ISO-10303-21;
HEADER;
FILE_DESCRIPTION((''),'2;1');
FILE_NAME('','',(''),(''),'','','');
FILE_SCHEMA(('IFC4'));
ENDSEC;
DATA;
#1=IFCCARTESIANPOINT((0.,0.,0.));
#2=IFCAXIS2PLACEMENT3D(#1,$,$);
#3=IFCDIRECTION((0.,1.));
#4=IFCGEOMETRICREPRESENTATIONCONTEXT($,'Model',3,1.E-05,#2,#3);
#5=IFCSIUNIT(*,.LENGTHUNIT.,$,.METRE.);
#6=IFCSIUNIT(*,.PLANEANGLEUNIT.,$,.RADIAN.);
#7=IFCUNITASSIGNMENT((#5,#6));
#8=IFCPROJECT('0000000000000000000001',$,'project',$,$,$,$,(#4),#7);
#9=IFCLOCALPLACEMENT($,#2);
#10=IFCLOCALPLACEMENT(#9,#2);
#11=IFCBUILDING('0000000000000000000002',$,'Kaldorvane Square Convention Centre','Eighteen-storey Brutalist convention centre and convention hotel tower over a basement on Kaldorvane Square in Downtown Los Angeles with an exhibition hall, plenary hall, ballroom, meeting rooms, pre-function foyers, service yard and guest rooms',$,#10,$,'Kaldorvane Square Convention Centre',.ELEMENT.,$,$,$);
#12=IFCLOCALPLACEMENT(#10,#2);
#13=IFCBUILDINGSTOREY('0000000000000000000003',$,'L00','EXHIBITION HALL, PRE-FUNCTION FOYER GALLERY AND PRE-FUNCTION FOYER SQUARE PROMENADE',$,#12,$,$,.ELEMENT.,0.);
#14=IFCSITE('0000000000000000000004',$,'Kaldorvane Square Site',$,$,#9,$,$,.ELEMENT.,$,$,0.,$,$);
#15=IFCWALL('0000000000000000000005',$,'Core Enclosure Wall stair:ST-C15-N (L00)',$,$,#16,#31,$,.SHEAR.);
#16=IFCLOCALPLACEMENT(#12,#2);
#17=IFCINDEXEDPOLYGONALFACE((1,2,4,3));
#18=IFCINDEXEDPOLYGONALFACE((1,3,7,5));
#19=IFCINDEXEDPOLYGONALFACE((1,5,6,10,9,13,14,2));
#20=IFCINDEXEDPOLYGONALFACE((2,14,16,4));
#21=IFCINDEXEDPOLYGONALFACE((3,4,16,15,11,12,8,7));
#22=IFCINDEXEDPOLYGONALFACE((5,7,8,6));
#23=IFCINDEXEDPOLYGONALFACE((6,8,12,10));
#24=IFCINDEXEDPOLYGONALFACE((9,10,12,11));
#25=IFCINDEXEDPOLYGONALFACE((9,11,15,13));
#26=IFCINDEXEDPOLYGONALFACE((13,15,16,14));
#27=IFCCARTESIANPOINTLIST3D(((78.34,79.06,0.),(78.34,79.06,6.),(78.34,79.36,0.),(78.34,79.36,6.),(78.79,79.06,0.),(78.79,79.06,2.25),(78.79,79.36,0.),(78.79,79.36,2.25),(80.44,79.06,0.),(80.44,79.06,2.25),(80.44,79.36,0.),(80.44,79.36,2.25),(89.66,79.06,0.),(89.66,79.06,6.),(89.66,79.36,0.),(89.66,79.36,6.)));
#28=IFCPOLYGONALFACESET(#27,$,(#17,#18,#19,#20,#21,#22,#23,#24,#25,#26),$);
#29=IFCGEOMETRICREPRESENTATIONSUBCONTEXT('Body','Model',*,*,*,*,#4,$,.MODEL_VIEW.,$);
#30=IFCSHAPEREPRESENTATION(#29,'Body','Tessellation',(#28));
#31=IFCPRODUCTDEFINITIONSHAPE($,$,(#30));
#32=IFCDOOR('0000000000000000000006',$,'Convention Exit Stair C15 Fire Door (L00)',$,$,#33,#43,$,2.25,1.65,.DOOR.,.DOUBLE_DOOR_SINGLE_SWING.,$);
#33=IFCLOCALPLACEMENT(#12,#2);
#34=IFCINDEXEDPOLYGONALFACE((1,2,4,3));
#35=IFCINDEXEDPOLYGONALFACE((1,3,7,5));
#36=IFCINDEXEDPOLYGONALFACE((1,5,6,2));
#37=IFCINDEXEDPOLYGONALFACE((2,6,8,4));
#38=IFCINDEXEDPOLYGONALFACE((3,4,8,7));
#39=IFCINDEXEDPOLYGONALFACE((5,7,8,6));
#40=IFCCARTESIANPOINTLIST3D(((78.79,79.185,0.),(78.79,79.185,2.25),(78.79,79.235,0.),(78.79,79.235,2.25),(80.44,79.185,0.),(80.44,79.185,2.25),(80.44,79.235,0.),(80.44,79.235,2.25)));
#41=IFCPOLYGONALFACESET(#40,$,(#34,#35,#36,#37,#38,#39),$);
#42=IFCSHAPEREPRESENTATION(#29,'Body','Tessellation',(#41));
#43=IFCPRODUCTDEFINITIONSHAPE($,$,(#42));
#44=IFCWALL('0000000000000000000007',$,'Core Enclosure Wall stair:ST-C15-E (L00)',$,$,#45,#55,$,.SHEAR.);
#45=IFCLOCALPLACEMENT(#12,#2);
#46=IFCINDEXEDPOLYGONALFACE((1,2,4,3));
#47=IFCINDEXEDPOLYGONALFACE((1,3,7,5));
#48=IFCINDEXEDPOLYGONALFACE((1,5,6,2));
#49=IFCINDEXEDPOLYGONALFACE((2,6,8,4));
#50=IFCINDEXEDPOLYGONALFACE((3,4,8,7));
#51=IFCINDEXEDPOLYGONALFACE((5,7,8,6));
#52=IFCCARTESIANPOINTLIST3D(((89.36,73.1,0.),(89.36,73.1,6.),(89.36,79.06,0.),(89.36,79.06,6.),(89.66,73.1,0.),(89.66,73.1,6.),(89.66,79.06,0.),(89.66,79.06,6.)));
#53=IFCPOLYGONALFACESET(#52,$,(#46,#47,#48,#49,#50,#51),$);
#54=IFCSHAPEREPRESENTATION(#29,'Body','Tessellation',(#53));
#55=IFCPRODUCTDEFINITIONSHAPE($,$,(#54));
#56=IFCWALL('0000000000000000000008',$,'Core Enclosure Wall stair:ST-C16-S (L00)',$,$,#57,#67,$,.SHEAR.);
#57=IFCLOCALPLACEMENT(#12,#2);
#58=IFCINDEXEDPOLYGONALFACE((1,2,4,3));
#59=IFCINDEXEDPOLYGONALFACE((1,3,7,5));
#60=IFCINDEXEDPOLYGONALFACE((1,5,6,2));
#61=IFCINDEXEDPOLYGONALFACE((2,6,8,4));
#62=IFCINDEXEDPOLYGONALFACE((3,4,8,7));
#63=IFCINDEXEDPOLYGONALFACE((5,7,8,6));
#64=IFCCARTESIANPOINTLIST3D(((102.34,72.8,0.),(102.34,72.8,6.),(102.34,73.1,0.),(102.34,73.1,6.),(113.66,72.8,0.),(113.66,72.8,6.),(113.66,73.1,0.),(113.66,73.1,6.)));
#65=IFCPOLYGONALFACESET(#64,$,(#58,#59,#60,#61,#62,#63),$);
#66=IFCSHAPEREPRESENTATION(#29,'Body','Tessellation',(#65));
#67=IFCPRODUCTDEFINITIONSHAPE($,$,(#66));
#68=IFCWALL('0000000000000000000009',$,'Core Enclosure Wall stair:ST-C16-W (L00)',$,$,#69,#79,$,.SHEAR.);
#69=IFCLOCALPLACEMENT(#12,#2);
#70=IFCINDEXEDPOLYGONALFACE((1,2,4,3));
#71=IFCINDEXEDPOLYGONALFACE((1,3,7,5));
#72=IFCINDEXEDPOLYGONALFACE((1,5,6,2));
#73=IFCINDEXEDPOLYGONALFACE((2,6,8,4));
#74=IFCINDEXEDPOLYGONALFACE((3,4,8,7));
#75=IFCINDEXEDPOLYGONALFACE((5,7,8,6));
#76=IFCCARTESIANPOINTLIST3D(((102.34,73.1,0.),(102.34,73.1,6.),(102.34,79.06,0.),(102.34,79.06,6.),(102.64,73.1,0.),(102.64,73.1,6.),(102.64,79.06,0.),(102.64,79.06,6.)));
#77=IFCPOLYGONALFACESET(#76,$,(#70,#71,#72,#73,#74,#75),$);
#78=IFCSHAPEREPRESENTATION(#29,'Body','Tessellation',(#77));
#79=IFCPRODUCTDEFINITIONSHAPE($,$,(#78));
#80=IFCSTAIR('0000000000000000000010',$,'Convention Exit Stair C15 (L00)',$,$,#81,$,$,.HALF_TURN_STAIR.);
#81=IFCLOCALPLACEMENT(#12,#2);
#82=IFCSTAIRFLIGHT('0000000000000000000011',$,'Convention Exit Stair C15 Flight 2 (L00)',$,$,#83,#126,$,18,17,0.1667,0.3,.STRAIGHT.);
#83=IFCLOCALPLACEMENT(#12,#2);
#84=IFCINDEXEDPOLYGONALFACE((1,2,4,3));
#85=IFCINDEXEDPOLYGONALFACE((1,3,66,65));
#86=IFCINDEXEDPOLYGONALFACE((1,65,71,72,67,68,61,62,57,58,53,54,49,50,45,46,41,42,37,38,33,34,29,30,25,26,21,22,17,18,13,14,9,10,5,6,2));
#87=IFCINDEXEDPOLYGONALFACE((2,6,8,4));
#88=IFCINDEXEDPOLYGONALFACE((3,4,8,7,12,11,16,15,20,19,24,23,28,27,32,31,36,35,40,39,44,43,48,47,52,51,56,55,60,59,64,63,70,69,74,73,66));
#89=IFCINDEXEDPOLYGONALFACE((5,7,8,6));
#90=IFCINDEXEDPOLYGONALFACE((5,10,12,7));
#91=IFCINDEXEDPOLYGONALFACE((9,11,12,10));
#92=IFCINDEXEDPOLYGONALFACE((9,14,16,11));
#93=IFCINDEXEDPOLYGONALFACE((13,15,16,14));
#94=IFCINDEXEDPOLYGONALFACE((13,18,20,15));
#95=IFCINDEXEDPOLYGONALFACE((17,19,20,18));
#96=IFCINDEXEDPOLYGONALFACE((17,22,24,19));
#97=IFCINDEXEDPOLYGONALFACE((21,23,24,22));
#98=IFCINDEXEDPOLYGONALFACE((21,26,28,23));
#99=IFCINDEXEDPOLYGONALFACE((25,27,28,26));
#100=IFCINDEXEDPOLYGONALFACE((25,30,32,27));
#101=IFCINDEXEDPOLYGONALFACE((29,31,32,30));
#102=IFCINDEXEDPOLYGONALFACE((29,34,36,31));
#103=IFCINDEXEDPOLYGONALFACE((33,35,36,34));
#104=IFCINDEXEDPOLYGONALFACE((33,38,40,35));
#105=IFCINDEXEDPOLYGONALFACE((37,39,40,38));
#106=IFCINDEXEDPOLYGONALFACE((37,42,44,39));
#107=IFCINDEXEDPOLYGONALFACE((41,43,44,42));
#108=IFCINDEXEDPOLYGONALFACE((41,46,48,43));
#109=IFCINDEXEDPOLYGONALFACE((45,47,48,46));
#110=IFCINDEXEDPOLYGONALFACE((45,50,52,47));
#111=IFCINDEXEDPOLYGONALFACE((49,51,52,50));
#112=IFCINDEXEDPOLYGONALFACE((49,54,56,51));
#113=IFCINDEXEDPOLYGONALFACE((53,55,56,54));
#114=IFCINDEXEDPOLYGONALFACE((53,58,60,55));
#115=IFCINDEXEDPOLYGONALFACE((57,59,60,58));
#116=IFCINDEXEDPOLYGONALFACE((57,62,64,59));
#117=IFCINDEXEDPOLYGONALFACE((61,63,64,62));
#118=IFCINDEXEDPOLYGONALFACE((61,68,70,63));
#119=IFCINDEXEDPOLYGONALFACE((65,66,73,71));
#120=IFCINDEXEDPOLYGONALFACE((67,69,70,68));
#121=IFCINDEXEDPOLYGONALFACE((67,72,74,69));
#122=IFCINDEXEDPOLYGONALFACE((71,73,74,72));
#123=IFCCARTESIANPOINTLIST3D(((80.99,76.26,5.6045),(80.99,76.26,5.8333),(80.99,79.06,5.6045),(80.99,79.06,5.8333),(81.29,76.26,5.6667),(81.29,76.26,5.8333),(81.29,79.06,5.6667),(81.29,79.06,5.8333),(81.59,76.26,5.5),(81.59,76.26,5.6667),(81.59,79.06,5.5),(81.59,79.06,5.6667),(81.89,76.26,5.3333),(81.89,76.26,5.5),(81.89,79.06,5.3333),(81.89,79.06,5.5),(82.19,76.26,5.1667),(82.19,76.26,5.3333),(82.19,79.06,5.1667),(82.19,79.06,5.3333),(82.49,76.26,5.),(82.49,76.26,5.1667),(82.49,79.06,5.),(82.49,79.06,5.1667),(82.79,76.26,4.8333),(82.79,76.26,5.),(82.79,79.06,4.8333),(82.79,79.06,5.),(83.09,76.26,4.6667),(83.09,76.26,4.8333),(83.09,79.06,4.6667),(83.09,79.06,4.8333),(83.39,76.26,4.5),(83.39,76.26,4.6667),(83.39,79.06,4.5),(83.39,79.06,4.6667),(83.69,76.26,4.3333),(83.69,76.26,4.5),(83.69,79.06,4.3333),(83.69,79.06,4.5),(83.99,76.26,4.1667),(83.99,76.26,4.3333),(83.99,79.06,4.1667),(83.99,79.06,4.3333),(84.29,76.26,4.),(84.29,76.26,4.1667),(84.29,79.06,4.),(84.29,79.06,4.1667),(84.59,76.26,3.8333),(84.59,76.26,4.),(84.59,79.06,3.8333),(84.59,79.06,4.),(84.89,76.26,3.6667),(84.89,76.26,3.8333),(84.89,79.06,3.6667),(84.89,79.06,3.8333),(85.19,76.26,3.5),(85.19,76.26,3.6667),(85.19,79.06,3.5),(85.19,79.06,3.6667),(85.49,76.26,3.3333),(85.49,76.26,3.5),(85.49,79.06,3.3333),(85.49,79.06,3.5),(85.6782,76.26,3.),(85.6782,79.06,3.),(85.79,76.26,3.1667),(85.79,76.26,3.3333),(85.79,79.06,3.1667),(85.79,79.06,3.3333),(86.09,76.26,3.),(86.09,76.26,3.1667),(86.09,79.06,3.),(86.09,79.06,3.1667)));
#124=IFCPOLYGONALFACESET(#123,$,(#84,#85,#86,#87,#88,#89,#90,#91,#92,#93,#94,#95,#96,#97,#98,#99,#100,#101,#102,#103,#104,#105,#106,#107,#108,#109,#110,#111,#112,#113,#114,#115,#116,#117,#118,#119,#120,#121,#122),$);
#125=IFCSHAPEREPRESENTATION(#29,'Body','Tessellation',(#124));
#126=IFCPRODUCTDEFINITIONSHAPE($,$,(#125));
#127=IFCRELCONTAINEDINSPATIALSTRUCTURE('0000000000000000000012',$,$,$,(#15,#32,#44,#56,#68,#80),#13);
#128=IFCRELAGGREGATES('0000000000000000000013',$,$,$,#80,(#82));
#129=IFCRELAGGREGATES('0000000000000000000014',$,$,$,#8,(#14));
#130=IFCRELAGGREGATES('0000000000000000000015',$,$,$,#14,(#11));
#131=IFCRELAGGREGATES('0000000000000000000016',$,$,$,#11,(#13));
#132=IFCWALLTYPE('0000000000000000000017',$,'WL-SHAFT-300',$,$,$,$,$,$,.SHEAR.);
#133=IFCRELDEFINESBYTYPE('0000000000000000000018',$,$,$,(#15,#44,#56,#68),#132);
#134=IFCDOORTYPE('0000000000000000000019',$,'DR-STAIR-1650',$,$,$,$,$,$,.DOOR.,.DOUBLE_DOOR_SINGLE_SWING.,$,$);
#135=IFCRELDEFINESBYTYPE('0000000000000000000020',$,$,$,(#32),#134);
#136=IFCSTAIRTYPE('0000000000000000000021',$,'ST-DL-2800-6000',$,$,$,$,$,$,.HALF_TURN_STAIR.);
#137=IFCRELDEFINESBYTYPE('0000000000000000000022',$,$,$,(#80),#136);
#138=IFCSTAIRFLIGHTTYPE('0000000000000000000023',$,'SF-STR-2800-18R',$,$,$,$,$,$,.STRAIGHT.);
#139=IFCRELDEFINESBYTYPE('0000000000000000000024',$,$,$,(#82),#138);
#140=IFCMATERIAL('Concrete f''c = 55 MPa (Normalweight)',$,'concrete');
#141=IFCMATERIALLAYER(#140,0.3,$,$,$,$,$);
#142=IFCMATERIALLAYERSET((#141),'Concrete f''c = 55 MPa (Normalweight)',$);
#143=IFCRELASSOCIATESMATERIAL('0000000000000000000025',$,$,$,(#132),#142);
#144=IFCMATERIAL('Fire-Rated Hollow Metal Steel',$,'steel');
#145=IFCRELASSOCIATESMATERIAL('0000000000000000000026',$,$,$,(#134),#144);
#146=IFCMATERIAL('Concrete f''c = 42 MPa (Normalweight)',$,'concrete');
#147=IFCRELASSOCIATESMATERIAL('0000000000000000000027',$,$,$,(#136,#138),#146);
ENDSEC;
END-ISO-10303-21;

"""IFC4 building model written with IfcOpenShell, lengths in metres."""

from ifc_helpers import new_model, si_unit, direction, frame, frame_2d, origin, place, context, subcontext, project, spatial, polyline, rectangle, outline, extrude, material, layer, layer_set, type_object, element, fill, aggregate, save


model = new_model("IFC4")

# Units and contexts
model_context = context("Model", 3, precision=1e-05, world=origin(), true_north=direction((0.0, 1.0)))
body_context = subcontext(model_context, "Body", "Model", "MODEL_VIEW")
ifc_project = project(units=[si_unit("LENGTHUNIT", "METRE"), si_unit("PLANEANGLEUNIT", "RADIAN")], contexts=[model_context])

# Site, building, storey
site_placement = place(None, origin())
site = spatial("IfcSite", under=ifc_project, at=site_placement, Name="Kaldorvane Square Site", CompositionType="ELEMENT", RefElevation=0.0)
building_placement = place(site_placement, origin())
building = spatial("IfcBuilding", under=site, at=building_placement, Name="Kaldorvane Square Convention Centre", Description="Eighteen-storey Brutalist convention centre and convention hotel tower over a basement on Kaldorvane Square in Downtown Los Angeles with an exhibition hall, plenary hall, ballroom, meeting rooms, pre-function foyers, service yard and guest rooms", LongName="Kaldorvane Square Convention Centre", CompositionType="ELEMENT")
storey_placement = place(building_placement, origin())
storey = spatial("IfcBuildingStorey", under=building, at=storey_placement, Name="L00", Description="EXHIBITION HALL, PRE-FUNCTION FOYER GALLERY AND PRE-FUNCTION FOYER SQUARE PROMENADE", CompositionType="ELEMENT", Elevation=0.0)

# Shared definitions
ifc_material_1 = material(Name="Concrete f'c = 55 MPa (Normalweight)", Category="concrete")

# Wall, opening, door
ifc_layer = layer(ifc_material_1, 0.3)
ifc_layer_set = layer_set([ifc_layer], Name="Concrete f'c = 55 MPa (Normalweight)")
wall_type = type_object("IfcWallType", Name="WL-SHAFT-300", PredefinedType="SHEAR", material=ifc_layer_set)
wall_1_placement = place(storey_placement, frame((89.66, 79.21, 0.0), z_axis=(0.0, 0.0, 1.0), x_axis=(-1.0, 0.0, 0.0)))
wall_1 = element("IfcWall", 1, at=wall_1_placement, inside=storey, type_object=wall_type, Name="Core Enclosure Wall stair:ST-C15-N (L00)", PredefinedType="SHEAR", context=body_context, shape_type="SweptSolid", body=[
    extrude(rectangle(XDim=11.32, YDim=0.3, at=frame_2d((5.66, 0.0))), origin(), (0.0, 0.0, 1.0), 6.0),
])
opening_placement = place(wall_1_placement, frame((9.22, 0.0, 0.0)))
opening = element("IfcOpeningElement", 2, at=opening_placement, cuts=wall_1, PredefinedType="OPENING", context=body_context, shape_type="SweptSolid", body=[
    extrude(rectangle(XDim=1.65, YDim=2.25, at=frame_2d((0.825, 1.125))), frame((0.0, 0.165, 0.0), z_axis=(0.0, -1.0, 0.0), x_axis=(1.0, 0.0, 0.0)), (0.0, 0.0, 1.0), 0.33),
])
ifc_material_2 = material(Name="Fire-Rated Hollow Metal Steel", Category="steel")
door_type = type_object("IfcDoorType", Name="DR-STAIR-1650", OperationType="DOUBLE_DOOR_SINGLE_SWING", PredefinedType="DOOR", material=ifc_material_2)
door_placement = place(opening_placement, origin())
door = element("IfcDoor", 3, at=door_placement, inside=storey, type_object=door_type, Name="Convention Exit Stair C15 Fire Door (L00)", OperationType="DOUBLE_DOOR_SINGLE_SWING", OverallHeight=2.25, OverallWidth=1.65, PredefinedType="DOOR", context=body_context, shape_type="SweptSolid", body=[
    extrude(rectangle(XDim=1.65, YDim=2.25, at=frame_2d((0.825, 1.125))), frame((0.0, 0.025, 0.0), z_axis=(0.0, -1.0, 0.0), x_axis=(1.0, 0.0, 0.0)), (0.0, 0.0, 1.0), 0.05),
])
fill(opening, door)

# Walls
wall_2_placement = place(storey_placement, frame((89.51, 73.1, 0.0), z_axis=(0.0, 0.0, 1.0), x_axis=(0.0, 1.0, 0.0)))
element("IfcWall", 4, at=wall_2_placement, inside=storey, type_object=wall_type, Name="Core Enclosure Wall stair:ST-C15-E (L00)", PredefinedType="SHEAR", context=body_context, shape_type="SweptSolid", body=[
    extrude(rectangle(XDim=5.96, YDim=0.3, at=frame_2d((2.98, 0.0))), origin(), (0.0, 0.0, 1.0), 6.0),
])
wall_3_placement = place(storey_placement, frame((102.34, 72.95, 0.0), z_axis=(0.0, 0.0, 1.0), x_axis=(1.0, 0.0, 0.0)))
element("IfcWall", 5, at=wall_3_placement, inside=storey, type_object=wall_type, Name="Core Enclosure Wall stair:ST-C16-S (L00)", PredefinedType="SHEAR", context=body_context, shape_type="SweptSolid", body=[
    extrude(rectangle(XDim=11.32, YDim=0.3, at=frame_2d((5.66, 0.0))), origin(), (0.0, 0.0, 1.0), 6.0),
])
wall_4_placement = place(storey_placement, frame((102.49, 79.06, 0.0), z_axis=(0.0, 0.0, 1.0), x_axis=(0.0, -1.0, 0.0)))
element("IfcWall", 6, at=wall_4_placement, inside=storey, type_object=wall_type, Name="Core Enclosure Wall stair:ST-C16-W (L00)", PredefinedType="SHEAR", context=body_context, shape_type="SweptSolid", body=[
    extrude(rectangle(XDim=5.96, YDim=0.3, at=frame_2d((2.98, 0.0))), origin(), (0.0, 0.0, 1.0), 6.0),
])

# Stair, stair flight
ifc_material_3 = material(Name="Concrete f'c = 42 MPa (Normalweight)", Category="concrete")
stair_type = type_object("IfcStairType", Name="ST-DL-2800-6000", PredefinedType="HALF_TURN_STAIR", material=ifc_material_3)
stair_placement = place(storey_placement, origin())
stair = element("IfcStair", 7, at=stair_placement, inside=storey, type_object=stair_type, Name="Convention Exit Stair C15 (L00)", PredefinedType="HALF_TURN_STAIR")
stair_flight_type = type_object("IfcStairFlightType", Name="SF-STR-2800-18R", PredefinedType="STRAIGHT", material=ifc_material_3)
stair_flight_placement = place(storey_placement, frame((86.09, 77.66, 3.0), z_axis=(0.0, 0.0, 1.0), x_axis=(-1.0, 0.0, 0.0)))
stair_flight = element("IfcStairFlight", 8, at=stair_flight_placement, type_object=stair_flight_type, Name="Convention Exit Stair C15 Flight 2 (L00)", NumberOfRisers=18, NumberOfTreads=17, PredefinedType="STRAIGHT", RiserHeight=0.1667, TreadLength=0.3, context=body_context, shape_type="SweptSolid", body=[
    extrude(outline(polyline([(0.0, 0.0), (0.0, 0.1667), (0.3, 0.1667), (0.3, 0.3333), (0.6, 0.3333), (0.6, 0.5), (0.9, 0.5), (0.9, 0.6667), (1.2, 0.6667), (1.2, 0.8333), (1.5, 0.8333), (1.5, 1.0), (1.8, 1.0), (1.8, 1.1667), (2.1, 1.1667), (2.1, 1.3333), (2.4, 1.3333), (2.4, 1.5), (2.7, 1.5), (2.7, 1.6667), (3.0, 1.6667), (3.0, 1.8333), (3.3, 1.8333), (3.3, 2.0), (3.6, 2.0), (3.6, 2.1667), (3.9, 2.1667), (3.9, 2.3333), (4.2, 2.3333), (4.2, 2.5), (4.5, 2.5), (4.5, 2.6667), (4.8, 2.6667), (4.8, 2.8333), (5.1, 2.8333), (5.1, 3.0), (5.1, 2.6045), (0.4118, 0.0), (0.0, 0.0)])), frame((0.0, 1.4, 0.0), z_axis=(0.0, -1.0, 0.0), x_axis=(1.0, 0.0, 0.0)), (0.0, 0.0, 1.0), 2.8),
])
aggregate(stair, [stair_flight])

save(model, "model.ifc")
